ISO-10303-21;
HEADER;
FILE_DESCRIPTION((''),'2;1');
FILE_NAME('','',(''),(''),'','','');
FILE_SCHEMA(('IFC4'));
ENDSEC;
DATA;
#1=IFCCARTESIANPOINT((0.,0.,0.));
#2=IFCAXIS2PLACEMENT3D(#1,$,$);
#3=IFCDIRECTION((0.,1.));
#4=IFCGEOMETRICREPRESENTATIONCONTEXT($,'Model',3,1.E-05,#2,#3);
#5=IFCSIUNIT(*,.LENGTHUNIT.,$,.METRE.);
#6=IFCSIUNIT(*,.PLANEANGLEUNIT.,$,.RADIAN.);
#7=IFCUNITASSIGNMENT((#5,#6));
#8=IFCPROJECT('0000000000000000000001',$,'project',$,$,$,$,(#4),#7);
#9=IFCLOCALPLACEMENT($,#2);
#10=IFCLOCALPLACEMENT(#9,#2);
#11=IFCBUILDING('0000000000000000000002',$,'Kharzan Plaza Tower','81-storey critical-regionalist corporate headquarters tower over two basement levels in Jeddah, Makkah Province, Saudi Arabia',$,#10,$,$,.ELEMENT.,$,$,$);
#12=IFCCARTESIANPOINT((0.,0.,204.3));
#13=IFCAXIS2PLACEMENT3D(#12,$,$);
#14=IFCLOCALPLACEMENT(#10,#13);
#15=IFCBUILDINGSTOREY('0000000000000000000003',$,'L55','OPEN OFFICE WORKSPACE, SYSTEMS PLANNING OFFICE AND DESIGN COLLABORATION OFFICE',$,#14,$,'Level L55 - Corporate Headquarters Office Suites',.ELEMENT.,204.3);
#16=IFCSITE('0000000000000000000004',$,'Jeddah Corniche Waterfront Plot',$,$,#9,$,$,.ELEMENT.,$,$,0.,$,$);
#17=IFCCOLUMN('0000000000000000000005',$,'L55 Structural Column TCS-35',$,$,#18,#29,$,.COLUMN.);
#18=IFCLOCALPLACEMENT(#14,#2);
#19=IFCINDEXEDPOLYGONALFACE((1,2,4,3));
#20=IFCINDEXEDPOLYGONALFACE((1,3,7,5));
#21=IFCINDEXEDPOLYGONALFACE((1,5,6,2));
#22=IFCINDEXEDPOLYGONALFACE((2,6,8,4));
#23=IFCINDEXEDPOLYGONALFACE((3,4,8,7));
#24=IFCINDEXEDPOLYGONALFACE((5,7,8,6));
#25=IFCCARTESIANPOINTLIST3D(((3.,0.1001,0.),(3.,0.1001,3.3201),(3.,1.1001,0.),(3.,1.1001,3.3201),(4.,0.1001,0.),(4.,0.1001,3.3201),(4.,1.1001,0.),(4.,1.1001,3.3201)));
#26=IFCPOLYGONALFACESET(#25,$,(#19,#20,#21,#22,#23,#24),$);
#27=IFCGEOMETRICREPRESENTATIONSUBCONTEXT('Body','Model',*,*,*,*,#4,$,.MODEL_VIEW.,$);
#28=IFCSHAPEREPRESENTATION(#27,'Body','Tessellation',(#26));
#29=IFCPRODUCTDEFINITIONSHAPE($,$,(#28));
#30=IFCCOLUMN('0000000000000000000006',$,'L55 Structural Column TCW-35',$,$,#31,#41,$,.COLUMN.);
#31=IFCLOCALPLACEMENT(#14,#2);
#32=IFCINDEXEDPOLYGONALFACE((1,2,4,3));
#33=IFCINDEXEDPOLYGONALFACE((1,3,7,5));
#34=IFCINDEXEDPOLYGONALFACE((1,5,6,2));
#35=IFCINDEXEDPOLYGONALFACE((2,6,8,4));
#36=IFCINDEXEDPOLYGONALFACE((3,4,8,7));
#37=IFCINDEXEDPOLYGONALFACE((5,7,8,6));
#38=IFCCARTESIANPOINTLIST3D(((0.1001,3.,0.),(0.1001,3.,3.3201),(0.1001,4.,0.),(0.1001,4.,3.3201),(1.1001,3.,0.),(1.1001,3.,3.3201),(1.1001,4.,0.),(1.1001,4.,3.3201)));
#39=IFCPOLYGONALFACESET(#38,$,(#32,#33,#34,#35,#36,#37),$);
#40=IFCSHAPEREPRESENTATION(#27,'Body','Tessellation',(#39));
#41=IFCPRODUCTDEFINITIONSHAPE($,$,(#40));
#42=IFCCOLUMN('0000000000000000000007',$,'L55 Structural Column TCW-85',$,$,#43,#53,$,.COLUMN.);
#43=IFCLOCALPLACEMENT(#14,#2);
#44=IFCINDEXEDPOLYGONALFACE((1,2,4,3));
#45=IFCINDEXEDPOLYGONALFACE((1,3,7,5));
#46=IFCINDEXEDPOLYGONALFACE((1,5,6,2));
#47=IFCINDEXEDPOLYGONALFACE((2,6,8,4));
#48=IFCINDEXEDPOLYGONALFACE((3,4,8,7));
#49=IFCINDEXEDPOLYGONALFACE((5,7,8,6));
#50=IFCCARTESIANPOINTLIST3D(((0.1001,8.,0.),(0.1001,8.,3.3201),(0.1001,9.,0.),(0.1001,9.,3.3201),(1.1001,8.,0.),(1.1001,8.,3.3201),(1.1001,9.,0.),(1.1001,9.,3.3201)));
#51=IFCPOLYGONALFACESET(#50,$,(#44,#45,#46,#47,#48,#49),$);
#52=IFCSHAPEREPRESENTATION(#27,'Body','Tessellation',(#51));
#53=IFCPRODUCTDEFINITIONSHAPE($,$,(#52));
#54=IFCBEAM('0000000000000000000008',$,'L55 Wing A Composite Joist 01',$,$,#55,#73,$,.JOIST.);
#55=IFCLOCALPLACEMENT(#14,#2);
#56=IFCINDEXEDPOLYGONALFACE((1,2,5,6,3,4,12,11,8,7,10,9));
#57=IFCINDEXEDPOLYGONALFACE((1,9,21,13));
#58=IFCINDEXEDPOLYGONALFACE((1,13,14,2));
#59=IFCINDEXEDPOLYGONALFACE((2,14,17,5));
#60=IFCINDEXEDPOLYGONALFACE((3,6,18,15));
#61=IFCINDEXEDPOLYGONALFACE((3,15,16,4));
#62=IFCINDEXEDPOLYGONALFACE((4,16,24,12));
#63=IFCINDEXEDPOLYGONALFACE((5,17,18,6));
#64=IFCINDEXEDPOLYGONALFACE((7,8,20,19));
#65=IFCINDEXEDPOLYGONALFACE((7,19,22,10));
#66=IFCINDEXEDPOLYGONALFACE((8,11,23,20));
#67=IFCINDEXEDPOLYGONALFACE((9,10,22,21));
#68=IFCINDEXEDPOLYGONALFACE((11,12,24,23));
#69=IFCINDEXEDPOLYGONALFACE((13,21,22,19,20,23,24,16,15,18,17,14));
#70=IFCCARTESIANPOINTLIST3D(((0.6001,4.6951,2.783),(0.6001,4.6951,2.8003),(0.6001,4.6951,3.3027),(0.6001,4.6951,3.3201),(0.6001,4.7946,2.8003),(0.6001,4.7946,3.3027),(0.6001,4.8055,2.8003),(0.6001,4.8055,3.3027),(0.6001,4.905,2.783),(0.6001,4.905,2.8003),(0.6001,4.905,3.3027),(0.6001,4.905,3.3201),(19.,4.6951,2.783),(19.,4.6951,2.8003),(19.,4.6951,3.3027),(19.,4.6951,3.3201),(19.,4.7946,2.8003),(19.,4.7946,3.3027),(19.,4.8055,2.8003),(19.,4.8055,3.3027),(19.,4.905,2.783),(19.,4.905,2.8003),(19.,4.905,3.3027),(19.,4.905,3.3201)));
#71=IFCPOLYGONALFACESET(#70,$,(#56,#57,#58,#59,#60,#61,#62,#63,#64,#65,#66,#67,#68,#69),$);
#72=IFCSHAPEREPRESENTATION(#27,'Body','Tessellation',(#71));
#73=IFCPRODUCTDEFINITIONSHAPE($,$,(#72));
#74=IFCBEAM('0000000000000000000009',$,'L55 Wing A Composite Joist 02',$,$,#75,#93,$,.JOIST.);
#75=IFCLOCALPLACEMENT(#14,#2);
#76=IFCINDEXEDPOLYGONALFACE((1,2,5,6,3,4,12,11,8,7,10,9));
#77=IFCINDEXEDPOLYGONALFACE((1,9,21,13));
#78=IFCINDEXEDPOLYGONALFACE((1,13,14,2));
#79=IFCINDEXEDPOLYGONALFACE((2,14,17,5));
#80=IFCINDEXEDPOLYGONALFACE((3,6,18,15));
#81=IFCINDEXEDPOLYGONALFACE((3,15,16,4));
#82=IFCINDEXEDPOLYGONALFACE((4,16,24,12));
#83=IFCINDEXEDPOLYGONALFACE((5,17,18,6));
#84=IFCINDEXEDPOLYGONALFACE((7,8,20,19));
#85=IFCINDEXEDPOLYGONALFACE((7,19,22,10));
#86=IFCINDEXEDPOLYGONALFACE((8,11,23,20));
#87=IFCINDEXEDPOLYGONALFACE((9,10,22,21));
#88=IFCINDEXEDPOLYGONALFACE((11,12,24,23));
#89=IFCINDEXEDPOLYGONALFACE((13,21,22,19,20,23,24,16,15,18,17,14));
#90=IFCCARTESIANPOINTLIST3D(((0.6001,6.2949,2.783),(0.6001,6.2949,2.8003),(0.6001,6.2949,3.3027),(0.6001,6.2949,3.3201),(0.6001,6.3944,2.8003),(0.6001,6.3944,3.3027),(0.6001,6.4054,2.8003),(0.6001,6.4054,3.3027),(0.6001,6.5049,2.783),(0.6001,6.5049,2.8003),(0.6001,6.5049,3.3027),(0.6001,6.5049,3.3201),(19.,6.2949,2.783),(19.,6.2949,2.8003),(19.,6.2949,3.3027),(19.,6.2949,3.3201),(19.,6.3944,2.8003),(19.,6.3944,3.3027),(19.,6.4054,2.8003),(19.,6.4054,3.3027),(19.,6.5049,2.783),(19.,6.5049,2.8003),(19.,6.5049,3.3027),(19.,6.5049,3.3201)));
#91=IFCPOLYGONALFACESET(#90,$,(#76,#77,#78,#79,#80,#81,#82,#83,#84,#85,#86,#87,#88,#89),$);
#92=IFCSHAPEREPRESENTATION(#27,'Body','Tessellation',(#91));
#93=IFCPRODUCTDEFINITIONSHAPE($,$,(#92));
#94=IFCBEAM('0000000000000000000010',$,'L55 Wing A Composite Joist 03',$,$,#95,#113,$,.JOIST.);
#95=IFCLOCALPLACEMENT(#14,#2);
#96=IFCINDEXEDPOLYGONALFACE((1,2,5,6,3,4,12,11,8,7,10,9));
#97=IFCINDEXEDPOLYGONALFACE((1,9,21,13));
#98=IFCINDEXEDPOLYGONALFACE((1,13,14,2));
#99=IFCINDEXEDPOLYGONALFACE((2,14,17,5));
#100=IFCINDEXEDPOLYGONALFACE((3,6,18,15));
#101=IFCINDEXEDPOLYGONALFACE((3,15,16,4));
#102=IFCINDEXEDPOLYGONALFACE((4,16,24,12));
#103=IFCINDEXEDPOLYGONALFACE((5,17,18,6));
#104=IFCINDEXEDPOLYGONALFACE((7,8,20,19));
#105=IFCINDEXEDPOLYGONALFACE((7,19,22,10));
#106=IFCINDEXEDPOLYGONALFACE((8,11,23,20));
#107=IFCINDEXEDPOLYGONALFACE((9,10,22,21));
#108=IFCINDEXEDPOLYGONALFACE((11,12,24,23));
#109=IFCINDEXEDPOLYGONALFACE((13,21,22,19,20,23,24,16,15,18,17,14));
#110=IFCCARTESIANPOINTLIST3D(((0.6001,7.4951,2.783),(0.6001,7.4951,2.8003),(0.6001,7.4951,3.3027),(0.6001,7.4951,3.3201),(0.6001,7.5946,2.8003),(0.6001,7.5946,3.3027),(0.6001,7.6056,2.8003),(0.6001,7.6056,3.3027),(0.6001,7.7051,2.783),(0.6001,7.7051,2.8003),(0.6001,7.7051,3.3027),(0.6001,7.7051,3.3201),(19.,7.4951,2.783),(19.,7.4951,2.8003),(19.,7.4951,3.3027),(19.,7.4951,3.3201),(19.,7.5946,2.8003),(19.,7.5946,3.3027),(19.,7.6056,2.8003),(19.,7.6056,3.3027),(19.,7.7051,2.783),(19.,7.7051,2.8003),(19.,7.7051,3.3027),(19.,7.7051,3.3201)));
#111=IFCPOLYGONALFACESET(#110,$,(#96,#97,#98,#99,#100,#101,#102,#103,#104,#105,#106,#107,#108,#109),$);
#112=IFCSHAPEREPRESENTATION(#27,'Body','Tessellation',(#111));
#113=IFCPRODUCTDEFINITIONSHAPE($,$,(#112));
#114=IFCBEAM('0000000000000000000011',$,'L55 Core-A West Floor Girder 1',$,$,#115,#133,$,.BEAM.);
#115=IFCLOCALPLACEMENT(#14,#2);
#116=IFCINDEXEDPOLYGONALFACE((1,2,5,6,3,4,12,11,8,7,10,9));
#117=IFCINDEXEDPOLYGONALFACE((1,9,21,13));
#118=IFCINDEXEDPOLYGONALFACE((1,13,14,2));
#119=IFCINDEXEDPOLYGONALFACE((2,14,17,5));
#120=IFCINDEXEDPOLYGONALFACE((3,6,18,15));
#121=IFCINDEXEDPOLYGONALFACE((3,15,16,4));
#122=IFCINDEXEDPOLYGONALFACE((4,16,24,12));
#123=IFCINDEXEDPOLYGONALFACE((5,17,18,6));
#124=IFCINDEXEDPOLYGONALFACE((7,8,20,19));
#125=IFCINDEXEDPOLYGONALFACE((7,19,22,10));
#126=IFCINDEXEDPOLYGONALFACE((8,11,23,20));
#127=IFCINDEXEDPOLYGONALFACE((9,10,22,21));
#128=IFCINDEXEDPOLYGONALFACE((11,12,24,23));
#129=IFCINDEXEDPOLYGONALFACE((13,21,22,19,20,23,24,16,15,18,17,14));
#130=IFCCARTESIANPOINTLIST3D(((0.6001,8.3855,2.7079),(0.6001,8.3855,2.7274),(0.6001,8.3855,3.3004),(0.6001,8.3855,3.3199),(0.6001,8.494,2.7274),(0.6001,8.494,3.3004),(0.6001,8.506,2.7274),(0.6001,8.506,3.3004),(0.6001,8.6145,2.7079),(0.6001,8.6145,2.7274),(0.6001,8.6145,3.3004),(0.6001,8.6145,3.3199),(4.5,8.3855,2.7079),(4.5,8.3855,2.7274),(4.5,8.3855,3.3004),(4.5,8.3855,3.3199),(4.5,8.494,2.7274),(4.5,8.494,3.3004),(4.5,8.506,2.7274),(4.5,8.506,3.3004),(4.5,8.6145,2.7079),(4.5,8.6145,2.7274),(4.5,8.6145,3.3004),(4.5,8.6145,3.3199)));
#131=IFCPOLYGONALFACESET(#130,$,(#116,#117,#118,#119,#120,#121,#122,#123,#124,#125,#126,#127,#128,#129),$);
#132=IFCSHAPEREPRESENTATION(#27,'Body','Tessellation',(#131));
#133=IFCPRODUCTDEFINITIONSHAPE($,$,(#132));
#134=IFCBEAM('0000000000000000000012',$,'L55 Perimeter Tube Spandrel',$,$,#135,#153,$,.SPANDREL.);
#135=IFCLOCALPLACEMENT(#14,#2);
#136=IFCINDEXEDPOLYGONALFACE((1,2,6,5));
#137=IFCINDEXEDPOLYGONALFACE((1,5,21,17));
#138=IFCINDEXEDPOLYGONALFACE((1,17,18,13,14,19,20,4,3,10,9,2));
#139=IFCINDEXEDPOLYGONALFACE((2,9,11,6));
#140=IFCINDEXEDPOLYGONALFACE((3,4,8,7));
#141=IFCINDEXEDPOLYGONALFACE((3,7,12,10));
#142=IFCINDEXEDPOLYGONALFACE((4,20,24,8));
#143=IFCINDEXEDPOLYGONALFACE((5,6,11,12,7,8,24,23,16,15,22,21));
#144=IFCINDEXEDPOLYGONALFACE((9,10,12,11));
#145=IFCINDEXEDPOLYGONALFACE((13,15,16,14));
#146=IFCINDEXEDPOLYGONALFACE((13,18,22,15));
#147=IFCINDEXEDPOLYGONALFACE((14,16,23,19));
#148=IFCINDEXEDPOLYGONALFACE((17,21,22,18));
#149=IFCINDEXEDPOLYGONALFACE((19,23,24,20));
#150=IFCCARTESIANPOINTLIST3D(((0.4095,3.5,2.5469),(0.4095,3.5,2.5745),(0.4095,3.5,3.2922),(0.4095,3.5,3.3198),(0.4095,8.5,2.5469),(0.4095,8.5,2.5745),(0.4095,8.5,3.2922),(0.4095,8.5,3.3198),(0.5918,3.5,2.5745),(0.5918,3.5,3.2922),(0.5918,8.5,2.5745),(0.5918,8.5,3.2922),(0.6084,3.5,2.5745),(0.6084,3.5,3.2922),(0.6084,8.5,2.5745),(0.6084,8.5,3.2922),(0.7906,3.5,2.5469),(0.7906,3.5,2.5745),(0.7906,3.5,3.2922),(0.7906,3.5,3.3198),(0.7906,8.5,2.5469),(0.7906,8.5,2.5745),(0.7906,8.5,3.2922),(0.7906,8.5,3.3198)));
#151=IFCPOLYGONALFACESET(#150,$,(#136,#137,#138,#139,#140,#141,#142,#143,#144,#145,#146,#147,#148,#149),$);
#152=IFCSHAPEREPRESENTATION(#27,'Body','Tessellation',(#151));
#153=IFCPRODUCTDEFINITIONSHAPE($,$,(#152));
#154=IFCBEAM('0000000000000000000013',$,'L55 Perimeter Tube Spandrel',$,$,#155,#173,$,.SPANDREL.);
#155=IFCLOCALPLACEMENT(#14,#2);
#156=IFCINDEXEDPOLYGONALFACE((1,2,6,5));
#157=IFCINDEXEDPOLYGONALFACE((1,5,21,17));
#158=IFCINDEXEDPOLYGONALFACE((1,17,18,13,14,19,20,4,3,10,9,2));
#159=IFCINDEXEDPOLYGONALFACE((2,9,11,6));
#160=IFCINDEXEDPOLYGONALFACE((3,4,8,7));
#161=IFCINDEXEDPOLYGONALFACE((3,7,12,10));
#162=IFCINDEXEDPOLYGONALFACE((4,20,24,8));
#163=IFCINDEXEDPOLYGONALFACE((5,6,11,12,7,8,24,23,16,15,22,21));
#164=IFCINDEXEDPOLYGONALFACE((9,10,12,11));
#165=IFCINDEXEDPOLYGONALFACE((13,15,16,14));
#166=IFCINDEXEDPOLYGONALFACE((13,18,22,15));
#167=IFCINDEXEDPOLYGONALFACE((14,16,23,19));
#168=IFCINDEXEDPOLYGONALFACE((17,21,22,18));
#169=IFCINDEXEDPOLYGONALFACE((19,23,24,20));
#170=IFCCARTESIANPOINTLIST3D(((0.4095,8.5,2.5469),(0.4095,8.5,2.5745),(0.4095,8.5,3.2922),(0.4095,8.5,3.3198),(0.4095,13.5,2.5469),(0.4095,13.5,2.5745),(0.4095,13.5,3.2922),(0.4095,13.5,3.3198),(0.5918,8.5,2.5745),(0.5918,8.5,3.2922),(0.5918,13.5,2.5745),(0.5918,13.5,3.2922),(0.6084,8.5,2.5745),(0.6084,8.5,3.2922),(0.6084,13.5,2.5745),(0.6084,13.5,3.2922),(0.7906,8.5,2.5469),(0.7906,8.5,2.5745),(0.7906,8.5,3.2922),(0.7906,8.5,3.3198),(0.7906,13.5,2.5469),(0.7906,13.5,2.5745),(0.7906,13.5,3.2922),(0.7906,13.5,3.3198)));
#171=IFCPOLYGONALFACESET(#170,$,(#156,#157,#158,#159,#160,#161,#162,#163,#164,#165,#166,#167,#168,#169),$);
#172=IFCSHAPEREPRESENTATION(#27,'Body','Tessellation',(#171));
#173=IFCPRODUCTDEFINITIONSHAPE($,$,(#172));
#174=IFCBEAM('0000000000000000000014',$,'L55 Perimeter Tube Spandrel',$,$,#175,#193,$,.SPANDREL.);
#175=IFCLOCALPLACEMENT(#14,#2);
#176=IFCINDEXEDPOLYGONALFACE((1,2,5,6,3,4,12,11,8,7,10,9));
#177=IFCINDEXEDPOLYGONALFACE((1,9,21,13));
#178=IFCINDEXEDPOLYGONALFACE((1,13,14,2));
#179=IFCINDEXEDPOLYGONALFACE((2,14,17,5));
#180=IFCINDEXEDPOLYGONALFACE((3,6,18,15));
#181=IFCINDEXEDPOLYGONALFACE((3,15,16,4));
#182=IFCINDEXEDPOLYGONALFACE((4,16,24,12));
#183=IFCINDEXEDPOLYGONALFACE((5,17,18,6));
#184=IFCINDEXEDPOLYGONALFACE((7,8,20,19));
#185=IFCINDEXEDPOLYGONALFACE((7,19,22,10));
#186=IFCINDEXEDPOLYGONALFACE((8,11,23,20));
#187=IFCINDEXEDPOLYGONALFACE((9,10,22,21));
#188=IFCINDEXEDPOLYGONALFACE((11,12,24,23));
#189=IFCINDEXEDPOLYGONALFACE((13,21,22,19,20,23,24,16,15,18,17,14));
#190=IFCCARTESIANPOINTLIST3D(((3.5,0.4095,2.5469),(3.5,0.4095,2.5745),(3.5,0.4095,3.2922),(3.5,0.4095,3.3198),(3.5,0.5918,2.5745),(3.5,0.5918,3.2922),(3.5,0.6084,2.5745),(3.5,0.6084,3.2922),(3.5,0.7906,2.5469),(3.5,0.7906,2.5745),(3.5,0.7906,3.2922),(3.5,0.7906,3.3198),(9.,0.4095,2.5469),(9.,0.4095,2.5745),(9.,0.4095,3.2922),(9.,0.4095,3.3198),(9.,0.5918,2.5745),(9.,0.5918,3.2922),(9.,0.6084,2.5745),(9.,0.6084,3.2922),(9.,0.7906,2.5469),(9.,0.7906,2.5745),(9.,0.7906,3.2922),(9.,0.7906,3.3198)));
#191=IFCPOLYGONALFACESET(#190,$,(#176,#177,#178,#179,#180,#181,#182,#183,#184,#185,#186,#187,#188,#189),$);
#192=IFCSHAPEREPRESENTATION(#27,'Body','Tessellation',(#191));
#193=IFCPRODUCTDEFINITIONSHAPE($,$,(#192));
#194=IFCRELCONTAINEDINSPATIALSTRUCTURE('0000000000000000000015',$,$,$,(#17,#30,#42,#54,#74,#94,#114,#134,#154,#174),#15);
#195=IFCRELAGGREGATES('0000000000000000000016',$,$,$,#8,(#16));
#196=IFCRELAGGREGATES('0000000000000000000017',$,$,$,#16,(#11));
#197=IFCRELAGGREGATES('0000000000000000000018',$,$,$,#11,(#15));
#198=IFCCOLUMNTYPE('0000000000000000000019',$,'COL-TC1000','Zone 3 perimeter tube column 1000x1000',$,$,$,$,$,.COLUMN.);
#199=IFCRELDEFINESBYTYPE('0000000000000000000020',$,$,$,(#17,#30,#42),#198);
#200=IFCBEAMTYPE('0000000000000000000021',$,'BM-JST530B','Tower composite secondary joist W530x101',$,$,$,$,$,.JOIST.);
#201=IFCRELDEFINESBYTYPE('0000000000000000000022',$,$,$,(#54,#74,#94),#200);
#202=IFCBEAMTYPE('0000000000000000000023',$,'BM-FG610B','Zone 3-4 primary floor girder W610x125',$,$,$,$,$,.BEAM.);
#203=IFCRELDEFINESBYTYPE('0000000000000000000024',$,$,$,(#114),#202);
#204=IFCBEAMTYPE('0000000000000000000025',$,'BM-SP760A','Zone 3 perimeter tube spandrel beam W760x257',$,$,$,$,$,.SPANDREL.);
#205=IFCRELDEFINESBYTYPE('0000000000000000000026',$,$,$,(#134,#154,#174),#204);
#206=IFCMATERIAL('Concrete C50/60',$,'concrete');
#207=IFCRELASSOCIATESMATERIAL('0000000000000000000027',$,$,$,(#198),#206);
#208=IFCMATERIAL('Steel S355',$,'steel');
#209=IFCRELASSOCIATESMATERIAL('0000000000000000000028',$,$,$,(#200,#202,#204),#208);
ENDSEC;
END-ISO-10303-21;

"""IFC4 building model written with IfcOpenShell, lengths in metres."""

from ifc_helpers import new_model, si_unit, direction, frame, origin, origin_2d, place, context, subcontext, project, spatial, rectangle, i_section, extrude, source, transform, mapped, material, material_profile, profile_set, type_object, element, save


model = new_model("IFC4")

# Units and contexts
model_context = context("Model", 3, precision=1e-05, world=origin(), true_north=direction((0.0, 1.0)))
body_context = subcontext(model_context, "Body", "Model", "MODEL_VIEW")
ifc_project = project(units=[si_unit("LENGTHUNIT", "METRE"), si_unit("PLANEANGLEUNIT", "RADIAN")], contexts=[model_context])

# Site, building, storey
site_placement = place(None, origin())
site = spatial("IfcSite", under=ifc_project, at=site_placement, Name="Jeddah Corniche Waterfront Plot", CompositionType="ELEMENT", RefElevation=0.0)
building_placement = place(site_placement, origin())
building = spatial("IfcBuilding", under=site, at=building_placement, Name="Kharzan Plaza Tower", Description="81-storey critical-regionalist corporate headquarters tower over two basement levels in Jeddah, Makkah Province, Saudi Arabia", CompositionType="ELEMENT")
storey_placement = place(building_placement, frame((0.0, 0.0, 204.3)))
storey = spatial("IfcBuildingStorey", under=building, at=storey_placement, Name="L55", Description="OPEN OFFICE WORKSPACE, SYSTEMS PLANNING OFFICE AND DESIGN COLLABORATION OFFICE", LongName="Level L55 - Corporate Headquarters Office Suites", CompositionType="ELEMENT", Elevation=204.3)

# Columns
ifc_material_1 = material(Name="Concrete C50/60", Category="concrete")
ifc_material_profile_1 = material_profile(ifc_material_1, rectangle(XDim=1.0, YDim=1.0, at=origin_2d()), Name="RC-TC1000x1000")
ifc_profile_set_1 = profile_set([ifc_material_profile_1], Name="Concrete C50/60")
column_type = type_object("IfcColumnType", Name="COL-TC1000", Description="Zone 3 perimeter tube column 1000x1000", PredefinedType="COLUMN", material=ifc_profile_set_1)
shared_shape_1 = source(origin(), body_context, "Body", "SweptSolid", [
    extrude(rectangle(XDim=1.0, YDim=1.0, at=origin_2d()), origin(), (0.0, 0.0, 1.0), 3.3201),
])
for number, where, z_axis, x_axis, name in (
    (1, (3.5, 0.6001, 0.0), (0.0, 0.0, 1.0), (1.0, 0.0, 0.0), "L55 Structural Column TCS-35"),
    (2, (0.6001, 3.5, 0.0), (0.0, 0.0, 1.0), (1.0, 0.0, 0.0), "L55 Structural Column TCW-35"),
    (3, (0.6001, 8.5, 0.0), (0.0, 0.0, 1.0), (1.0, 0.0, 0.0), "L55 Structural Column TCW-85"),
):
    element("IfcColumn", number, at=place(storey_placement, frame(where, z_axis=z_axis, x_axis=x_axis)), inside=storey, type_object=column_type, Name=name, PredefinedType="COLUMN", context=body_context, shape_type="MappedRepresentation", body=[
        mapped(shared_shape_1, transform((0.0, 0.0, 0.0), x_axis=(1.0, 0.0, 0.0), y_axis=(0.0, 1.0, 0.0), z_axis=(0.0, 0.0, 1.0))),
    ])

# Beams
ifc_material_2 = material(Name="Steel S355", Category="steel")
ifc_material_profile_2 = material_profile(ifc_material_2, i_section(OverallWidth=0.21, OverallDepth=0.5371, WebThickness=0.011, FlangeThickness=0.0173, at=origin_2d()), Name="W530x101")
ifc_profile_set_2 = profile_set([ifc_material_profile_2], Name="Steel S355")
beam_type_1 = type_object("IfcBeamType", Name="BM-JST530B", Description="Tower composite secondary joist W530x101", PredefinedType="JOIST", material=ifc_profile_set_2)
shared_shape_2 = source(origin(), body_context, "Body", "SweptSolid", [
    extrude(i_section(OverallWidth=0.21, OverallDepth=0.5371, WebThickness=0.011, FlangeThickness=0.0173, at=origin_2d()), origin(), (0.0, 0.0, 1.0), 18.3999),
])
for number, where, z_axis, x_axis, name in (
    (4, (0.6001, 4.8, 3.0515), (1.0, 0.0, 0.0), (0.0, 1.0, 0.0), "L55 Wing A Composite Joist 01"),
    (5, (0.6001, 6.3999, 3.0515), (1.0, 0.0, 0.0), (0.0, 1.0, 0.0), "L55 Wing A Composite Joist 02"),
    (6, (0.6001, 7.6001, 3.0515), (1.0, 0.0, 0.0), (0.0, 1.0, 0.0), "L55 Wing A Composite Joist 03"),
):
    element("IfcBeam", number, at=place(storey_placement, frame(where, z_axis=z_axis, x_axis=x_axis)), inside=storey, type_object=beam_type_1, Name=name, PredefinedType="JOIST", context=body_context, shape_type="MappedRepresentation", body=[
        mapped(shared_shape_2, transform((0.0, 0.0, 0.0), x_axis=(1.0, 0.0, 0.0), y_axis=(0.0, 1.0, 0.0), z_axis=(0.0, 0.0, 1.0))),
    ])
ifc_material_profile_3 = material_profile(ifc_material_2, i_section(OverallWidth=0.229, OverallDepth=0.6121, WebThickness=0.012, FlangeThickness=0.0195, at=origin_2d()), Name="W610x125")
ifc_profile_set_3 = profile_set([ifc_material_profile_3], Name="Steel S355")
beam_type_2 = type_object("IfcBeamType", Name="BM-FG610B", Description="Zone 3-4 primary floor girder W610x125", PredefinedType="BEAM", material=ifc_profile_set_3)
shared_shape_3 = source(origin(), body_context, "Body", "SweptSolid", [
    extrude(i_section(OverallWidth=0.229, OverallDepth=0.6121, WebThickness=0.012, FlangeThickness=0.0195, at=origin_2d()), origin(), (0.0, 0.0, 1.0), 3.8999),
])
beam_1_placement = place(storey_placement, frame((0.6001, 8.5, 3.0139), z_axis=(1.0, 0.0, 0.0), x_axis=(0.0, 1.0, 0.0)))
element("IfcBeam", 7, at=beam_1_placement, inside=storey, type_object=beam_type_2, Name="L55 Core-A West Floor Girder 1", PredefinedType="BEAM", context=body_context, shape_type="MappedRepresentation", body=[
    mapped(shared_shape_3, transform((0.0, 0.0, 0.0), x_axis=(1.0, 0.0, 0.0), y_axis=(0.0, 1.0, 0.0), z_axis=(0.0, 0.0, 1.0))),
])
ifc_material_profile_4 = material_profile(ifc_material_2, i_section(OverallWidth=0.3811, OverallDepth=0.7729, WebThickness=0.0166, FlangeThickness=0.0276, at=origin_2d()), Name="W760x257")
ifc_profile_set_4 = profile_set([ifc_material_profile_4], Name="Steel S355")
beam_type_3 = type_object("IfcBeamType", Name="BM-SP760A", Description="Zone 3 perimeter tube spandrel beam W760x257", PredefinedType="SPANDREL", material=ifc_profile_set_4)
shared_shape_4 = source(origin(), body_context, "Body", "SweptSolid", [
    extrude(i_section(OverallWidth=0.3811, OverallDepth=0.7729, WebThickness=0.0166, FlangeThickness=0.0276, at=origin_2d()), origin(), (0.0, 0.0, 1.0), 5.0),
])
for number, where, z_axis, x_axis, name in (
    (8, (0.6001, 3.5, 2.9333), (0.0, 1.0, 0.0), (-1.0, 0.0, 0.0), "L55 Perimeter Tube Spandrel"),
    (9, (0.6001, 8.5, 2.9333), (0.0, 1.0, 0.0), (-1.0, 0.0, 0.0), "L55 Perimeter Tube Spandrel"),
):
    element("IfcBeam", number, at=place(storey_placement, frame(where, z_axis=z_axis, x_axis=x_axis)), inside=storey, type_object=beam_type_3, Name=name, PredefinedType="SPANDREL", context=body_context, shape_type="MappedRepresentation", body=[
        mapped(shared_shape_4, transform((0.0, 0.0, 0.0), x_axis=(1.0, 0.0, 0.0), y_axis=(0.0, 1.0, 0.0), z_axis=(0.0, 0.0, 1.0))),
    ])
shared_shape_5 = source(origin(), body_context, "Body", "SweptSolid", [
    extrude(i_section(OverallWidth=0.3811, OverallDepth=0.7729, WebThickness=0.0166, FlangeThickness=0.0276, at=origin_2d()), origin(), (0.0, 0.0, 1.0), 5.5),
])
beam_2_placement = place(storey_placement, frame((3.5, 0.6001, 2.9333), z_axis=(1.0, 0.0, 0.0), x_axis=(0.0, 1.0, 0.0)))
element("IfcBeam", 10, at=beam_2_placement, inside=storey, type_object=beam_type_3, Name="L55 Perimeter Tube Spandrel", PredefinedType="SPANDREL", context=body_context, shape_type="MappedRepresentation", body=[
    mapped(shared_shape_5, transform((0.0, 0.0, 0.0), x_axis=(1.0, 0.0, 0.0), y_axis=(0.0, 1.0, 0.0), z_axis=(0.0, 0.0, 1.0))),
])

save(model, "model.ifc")
